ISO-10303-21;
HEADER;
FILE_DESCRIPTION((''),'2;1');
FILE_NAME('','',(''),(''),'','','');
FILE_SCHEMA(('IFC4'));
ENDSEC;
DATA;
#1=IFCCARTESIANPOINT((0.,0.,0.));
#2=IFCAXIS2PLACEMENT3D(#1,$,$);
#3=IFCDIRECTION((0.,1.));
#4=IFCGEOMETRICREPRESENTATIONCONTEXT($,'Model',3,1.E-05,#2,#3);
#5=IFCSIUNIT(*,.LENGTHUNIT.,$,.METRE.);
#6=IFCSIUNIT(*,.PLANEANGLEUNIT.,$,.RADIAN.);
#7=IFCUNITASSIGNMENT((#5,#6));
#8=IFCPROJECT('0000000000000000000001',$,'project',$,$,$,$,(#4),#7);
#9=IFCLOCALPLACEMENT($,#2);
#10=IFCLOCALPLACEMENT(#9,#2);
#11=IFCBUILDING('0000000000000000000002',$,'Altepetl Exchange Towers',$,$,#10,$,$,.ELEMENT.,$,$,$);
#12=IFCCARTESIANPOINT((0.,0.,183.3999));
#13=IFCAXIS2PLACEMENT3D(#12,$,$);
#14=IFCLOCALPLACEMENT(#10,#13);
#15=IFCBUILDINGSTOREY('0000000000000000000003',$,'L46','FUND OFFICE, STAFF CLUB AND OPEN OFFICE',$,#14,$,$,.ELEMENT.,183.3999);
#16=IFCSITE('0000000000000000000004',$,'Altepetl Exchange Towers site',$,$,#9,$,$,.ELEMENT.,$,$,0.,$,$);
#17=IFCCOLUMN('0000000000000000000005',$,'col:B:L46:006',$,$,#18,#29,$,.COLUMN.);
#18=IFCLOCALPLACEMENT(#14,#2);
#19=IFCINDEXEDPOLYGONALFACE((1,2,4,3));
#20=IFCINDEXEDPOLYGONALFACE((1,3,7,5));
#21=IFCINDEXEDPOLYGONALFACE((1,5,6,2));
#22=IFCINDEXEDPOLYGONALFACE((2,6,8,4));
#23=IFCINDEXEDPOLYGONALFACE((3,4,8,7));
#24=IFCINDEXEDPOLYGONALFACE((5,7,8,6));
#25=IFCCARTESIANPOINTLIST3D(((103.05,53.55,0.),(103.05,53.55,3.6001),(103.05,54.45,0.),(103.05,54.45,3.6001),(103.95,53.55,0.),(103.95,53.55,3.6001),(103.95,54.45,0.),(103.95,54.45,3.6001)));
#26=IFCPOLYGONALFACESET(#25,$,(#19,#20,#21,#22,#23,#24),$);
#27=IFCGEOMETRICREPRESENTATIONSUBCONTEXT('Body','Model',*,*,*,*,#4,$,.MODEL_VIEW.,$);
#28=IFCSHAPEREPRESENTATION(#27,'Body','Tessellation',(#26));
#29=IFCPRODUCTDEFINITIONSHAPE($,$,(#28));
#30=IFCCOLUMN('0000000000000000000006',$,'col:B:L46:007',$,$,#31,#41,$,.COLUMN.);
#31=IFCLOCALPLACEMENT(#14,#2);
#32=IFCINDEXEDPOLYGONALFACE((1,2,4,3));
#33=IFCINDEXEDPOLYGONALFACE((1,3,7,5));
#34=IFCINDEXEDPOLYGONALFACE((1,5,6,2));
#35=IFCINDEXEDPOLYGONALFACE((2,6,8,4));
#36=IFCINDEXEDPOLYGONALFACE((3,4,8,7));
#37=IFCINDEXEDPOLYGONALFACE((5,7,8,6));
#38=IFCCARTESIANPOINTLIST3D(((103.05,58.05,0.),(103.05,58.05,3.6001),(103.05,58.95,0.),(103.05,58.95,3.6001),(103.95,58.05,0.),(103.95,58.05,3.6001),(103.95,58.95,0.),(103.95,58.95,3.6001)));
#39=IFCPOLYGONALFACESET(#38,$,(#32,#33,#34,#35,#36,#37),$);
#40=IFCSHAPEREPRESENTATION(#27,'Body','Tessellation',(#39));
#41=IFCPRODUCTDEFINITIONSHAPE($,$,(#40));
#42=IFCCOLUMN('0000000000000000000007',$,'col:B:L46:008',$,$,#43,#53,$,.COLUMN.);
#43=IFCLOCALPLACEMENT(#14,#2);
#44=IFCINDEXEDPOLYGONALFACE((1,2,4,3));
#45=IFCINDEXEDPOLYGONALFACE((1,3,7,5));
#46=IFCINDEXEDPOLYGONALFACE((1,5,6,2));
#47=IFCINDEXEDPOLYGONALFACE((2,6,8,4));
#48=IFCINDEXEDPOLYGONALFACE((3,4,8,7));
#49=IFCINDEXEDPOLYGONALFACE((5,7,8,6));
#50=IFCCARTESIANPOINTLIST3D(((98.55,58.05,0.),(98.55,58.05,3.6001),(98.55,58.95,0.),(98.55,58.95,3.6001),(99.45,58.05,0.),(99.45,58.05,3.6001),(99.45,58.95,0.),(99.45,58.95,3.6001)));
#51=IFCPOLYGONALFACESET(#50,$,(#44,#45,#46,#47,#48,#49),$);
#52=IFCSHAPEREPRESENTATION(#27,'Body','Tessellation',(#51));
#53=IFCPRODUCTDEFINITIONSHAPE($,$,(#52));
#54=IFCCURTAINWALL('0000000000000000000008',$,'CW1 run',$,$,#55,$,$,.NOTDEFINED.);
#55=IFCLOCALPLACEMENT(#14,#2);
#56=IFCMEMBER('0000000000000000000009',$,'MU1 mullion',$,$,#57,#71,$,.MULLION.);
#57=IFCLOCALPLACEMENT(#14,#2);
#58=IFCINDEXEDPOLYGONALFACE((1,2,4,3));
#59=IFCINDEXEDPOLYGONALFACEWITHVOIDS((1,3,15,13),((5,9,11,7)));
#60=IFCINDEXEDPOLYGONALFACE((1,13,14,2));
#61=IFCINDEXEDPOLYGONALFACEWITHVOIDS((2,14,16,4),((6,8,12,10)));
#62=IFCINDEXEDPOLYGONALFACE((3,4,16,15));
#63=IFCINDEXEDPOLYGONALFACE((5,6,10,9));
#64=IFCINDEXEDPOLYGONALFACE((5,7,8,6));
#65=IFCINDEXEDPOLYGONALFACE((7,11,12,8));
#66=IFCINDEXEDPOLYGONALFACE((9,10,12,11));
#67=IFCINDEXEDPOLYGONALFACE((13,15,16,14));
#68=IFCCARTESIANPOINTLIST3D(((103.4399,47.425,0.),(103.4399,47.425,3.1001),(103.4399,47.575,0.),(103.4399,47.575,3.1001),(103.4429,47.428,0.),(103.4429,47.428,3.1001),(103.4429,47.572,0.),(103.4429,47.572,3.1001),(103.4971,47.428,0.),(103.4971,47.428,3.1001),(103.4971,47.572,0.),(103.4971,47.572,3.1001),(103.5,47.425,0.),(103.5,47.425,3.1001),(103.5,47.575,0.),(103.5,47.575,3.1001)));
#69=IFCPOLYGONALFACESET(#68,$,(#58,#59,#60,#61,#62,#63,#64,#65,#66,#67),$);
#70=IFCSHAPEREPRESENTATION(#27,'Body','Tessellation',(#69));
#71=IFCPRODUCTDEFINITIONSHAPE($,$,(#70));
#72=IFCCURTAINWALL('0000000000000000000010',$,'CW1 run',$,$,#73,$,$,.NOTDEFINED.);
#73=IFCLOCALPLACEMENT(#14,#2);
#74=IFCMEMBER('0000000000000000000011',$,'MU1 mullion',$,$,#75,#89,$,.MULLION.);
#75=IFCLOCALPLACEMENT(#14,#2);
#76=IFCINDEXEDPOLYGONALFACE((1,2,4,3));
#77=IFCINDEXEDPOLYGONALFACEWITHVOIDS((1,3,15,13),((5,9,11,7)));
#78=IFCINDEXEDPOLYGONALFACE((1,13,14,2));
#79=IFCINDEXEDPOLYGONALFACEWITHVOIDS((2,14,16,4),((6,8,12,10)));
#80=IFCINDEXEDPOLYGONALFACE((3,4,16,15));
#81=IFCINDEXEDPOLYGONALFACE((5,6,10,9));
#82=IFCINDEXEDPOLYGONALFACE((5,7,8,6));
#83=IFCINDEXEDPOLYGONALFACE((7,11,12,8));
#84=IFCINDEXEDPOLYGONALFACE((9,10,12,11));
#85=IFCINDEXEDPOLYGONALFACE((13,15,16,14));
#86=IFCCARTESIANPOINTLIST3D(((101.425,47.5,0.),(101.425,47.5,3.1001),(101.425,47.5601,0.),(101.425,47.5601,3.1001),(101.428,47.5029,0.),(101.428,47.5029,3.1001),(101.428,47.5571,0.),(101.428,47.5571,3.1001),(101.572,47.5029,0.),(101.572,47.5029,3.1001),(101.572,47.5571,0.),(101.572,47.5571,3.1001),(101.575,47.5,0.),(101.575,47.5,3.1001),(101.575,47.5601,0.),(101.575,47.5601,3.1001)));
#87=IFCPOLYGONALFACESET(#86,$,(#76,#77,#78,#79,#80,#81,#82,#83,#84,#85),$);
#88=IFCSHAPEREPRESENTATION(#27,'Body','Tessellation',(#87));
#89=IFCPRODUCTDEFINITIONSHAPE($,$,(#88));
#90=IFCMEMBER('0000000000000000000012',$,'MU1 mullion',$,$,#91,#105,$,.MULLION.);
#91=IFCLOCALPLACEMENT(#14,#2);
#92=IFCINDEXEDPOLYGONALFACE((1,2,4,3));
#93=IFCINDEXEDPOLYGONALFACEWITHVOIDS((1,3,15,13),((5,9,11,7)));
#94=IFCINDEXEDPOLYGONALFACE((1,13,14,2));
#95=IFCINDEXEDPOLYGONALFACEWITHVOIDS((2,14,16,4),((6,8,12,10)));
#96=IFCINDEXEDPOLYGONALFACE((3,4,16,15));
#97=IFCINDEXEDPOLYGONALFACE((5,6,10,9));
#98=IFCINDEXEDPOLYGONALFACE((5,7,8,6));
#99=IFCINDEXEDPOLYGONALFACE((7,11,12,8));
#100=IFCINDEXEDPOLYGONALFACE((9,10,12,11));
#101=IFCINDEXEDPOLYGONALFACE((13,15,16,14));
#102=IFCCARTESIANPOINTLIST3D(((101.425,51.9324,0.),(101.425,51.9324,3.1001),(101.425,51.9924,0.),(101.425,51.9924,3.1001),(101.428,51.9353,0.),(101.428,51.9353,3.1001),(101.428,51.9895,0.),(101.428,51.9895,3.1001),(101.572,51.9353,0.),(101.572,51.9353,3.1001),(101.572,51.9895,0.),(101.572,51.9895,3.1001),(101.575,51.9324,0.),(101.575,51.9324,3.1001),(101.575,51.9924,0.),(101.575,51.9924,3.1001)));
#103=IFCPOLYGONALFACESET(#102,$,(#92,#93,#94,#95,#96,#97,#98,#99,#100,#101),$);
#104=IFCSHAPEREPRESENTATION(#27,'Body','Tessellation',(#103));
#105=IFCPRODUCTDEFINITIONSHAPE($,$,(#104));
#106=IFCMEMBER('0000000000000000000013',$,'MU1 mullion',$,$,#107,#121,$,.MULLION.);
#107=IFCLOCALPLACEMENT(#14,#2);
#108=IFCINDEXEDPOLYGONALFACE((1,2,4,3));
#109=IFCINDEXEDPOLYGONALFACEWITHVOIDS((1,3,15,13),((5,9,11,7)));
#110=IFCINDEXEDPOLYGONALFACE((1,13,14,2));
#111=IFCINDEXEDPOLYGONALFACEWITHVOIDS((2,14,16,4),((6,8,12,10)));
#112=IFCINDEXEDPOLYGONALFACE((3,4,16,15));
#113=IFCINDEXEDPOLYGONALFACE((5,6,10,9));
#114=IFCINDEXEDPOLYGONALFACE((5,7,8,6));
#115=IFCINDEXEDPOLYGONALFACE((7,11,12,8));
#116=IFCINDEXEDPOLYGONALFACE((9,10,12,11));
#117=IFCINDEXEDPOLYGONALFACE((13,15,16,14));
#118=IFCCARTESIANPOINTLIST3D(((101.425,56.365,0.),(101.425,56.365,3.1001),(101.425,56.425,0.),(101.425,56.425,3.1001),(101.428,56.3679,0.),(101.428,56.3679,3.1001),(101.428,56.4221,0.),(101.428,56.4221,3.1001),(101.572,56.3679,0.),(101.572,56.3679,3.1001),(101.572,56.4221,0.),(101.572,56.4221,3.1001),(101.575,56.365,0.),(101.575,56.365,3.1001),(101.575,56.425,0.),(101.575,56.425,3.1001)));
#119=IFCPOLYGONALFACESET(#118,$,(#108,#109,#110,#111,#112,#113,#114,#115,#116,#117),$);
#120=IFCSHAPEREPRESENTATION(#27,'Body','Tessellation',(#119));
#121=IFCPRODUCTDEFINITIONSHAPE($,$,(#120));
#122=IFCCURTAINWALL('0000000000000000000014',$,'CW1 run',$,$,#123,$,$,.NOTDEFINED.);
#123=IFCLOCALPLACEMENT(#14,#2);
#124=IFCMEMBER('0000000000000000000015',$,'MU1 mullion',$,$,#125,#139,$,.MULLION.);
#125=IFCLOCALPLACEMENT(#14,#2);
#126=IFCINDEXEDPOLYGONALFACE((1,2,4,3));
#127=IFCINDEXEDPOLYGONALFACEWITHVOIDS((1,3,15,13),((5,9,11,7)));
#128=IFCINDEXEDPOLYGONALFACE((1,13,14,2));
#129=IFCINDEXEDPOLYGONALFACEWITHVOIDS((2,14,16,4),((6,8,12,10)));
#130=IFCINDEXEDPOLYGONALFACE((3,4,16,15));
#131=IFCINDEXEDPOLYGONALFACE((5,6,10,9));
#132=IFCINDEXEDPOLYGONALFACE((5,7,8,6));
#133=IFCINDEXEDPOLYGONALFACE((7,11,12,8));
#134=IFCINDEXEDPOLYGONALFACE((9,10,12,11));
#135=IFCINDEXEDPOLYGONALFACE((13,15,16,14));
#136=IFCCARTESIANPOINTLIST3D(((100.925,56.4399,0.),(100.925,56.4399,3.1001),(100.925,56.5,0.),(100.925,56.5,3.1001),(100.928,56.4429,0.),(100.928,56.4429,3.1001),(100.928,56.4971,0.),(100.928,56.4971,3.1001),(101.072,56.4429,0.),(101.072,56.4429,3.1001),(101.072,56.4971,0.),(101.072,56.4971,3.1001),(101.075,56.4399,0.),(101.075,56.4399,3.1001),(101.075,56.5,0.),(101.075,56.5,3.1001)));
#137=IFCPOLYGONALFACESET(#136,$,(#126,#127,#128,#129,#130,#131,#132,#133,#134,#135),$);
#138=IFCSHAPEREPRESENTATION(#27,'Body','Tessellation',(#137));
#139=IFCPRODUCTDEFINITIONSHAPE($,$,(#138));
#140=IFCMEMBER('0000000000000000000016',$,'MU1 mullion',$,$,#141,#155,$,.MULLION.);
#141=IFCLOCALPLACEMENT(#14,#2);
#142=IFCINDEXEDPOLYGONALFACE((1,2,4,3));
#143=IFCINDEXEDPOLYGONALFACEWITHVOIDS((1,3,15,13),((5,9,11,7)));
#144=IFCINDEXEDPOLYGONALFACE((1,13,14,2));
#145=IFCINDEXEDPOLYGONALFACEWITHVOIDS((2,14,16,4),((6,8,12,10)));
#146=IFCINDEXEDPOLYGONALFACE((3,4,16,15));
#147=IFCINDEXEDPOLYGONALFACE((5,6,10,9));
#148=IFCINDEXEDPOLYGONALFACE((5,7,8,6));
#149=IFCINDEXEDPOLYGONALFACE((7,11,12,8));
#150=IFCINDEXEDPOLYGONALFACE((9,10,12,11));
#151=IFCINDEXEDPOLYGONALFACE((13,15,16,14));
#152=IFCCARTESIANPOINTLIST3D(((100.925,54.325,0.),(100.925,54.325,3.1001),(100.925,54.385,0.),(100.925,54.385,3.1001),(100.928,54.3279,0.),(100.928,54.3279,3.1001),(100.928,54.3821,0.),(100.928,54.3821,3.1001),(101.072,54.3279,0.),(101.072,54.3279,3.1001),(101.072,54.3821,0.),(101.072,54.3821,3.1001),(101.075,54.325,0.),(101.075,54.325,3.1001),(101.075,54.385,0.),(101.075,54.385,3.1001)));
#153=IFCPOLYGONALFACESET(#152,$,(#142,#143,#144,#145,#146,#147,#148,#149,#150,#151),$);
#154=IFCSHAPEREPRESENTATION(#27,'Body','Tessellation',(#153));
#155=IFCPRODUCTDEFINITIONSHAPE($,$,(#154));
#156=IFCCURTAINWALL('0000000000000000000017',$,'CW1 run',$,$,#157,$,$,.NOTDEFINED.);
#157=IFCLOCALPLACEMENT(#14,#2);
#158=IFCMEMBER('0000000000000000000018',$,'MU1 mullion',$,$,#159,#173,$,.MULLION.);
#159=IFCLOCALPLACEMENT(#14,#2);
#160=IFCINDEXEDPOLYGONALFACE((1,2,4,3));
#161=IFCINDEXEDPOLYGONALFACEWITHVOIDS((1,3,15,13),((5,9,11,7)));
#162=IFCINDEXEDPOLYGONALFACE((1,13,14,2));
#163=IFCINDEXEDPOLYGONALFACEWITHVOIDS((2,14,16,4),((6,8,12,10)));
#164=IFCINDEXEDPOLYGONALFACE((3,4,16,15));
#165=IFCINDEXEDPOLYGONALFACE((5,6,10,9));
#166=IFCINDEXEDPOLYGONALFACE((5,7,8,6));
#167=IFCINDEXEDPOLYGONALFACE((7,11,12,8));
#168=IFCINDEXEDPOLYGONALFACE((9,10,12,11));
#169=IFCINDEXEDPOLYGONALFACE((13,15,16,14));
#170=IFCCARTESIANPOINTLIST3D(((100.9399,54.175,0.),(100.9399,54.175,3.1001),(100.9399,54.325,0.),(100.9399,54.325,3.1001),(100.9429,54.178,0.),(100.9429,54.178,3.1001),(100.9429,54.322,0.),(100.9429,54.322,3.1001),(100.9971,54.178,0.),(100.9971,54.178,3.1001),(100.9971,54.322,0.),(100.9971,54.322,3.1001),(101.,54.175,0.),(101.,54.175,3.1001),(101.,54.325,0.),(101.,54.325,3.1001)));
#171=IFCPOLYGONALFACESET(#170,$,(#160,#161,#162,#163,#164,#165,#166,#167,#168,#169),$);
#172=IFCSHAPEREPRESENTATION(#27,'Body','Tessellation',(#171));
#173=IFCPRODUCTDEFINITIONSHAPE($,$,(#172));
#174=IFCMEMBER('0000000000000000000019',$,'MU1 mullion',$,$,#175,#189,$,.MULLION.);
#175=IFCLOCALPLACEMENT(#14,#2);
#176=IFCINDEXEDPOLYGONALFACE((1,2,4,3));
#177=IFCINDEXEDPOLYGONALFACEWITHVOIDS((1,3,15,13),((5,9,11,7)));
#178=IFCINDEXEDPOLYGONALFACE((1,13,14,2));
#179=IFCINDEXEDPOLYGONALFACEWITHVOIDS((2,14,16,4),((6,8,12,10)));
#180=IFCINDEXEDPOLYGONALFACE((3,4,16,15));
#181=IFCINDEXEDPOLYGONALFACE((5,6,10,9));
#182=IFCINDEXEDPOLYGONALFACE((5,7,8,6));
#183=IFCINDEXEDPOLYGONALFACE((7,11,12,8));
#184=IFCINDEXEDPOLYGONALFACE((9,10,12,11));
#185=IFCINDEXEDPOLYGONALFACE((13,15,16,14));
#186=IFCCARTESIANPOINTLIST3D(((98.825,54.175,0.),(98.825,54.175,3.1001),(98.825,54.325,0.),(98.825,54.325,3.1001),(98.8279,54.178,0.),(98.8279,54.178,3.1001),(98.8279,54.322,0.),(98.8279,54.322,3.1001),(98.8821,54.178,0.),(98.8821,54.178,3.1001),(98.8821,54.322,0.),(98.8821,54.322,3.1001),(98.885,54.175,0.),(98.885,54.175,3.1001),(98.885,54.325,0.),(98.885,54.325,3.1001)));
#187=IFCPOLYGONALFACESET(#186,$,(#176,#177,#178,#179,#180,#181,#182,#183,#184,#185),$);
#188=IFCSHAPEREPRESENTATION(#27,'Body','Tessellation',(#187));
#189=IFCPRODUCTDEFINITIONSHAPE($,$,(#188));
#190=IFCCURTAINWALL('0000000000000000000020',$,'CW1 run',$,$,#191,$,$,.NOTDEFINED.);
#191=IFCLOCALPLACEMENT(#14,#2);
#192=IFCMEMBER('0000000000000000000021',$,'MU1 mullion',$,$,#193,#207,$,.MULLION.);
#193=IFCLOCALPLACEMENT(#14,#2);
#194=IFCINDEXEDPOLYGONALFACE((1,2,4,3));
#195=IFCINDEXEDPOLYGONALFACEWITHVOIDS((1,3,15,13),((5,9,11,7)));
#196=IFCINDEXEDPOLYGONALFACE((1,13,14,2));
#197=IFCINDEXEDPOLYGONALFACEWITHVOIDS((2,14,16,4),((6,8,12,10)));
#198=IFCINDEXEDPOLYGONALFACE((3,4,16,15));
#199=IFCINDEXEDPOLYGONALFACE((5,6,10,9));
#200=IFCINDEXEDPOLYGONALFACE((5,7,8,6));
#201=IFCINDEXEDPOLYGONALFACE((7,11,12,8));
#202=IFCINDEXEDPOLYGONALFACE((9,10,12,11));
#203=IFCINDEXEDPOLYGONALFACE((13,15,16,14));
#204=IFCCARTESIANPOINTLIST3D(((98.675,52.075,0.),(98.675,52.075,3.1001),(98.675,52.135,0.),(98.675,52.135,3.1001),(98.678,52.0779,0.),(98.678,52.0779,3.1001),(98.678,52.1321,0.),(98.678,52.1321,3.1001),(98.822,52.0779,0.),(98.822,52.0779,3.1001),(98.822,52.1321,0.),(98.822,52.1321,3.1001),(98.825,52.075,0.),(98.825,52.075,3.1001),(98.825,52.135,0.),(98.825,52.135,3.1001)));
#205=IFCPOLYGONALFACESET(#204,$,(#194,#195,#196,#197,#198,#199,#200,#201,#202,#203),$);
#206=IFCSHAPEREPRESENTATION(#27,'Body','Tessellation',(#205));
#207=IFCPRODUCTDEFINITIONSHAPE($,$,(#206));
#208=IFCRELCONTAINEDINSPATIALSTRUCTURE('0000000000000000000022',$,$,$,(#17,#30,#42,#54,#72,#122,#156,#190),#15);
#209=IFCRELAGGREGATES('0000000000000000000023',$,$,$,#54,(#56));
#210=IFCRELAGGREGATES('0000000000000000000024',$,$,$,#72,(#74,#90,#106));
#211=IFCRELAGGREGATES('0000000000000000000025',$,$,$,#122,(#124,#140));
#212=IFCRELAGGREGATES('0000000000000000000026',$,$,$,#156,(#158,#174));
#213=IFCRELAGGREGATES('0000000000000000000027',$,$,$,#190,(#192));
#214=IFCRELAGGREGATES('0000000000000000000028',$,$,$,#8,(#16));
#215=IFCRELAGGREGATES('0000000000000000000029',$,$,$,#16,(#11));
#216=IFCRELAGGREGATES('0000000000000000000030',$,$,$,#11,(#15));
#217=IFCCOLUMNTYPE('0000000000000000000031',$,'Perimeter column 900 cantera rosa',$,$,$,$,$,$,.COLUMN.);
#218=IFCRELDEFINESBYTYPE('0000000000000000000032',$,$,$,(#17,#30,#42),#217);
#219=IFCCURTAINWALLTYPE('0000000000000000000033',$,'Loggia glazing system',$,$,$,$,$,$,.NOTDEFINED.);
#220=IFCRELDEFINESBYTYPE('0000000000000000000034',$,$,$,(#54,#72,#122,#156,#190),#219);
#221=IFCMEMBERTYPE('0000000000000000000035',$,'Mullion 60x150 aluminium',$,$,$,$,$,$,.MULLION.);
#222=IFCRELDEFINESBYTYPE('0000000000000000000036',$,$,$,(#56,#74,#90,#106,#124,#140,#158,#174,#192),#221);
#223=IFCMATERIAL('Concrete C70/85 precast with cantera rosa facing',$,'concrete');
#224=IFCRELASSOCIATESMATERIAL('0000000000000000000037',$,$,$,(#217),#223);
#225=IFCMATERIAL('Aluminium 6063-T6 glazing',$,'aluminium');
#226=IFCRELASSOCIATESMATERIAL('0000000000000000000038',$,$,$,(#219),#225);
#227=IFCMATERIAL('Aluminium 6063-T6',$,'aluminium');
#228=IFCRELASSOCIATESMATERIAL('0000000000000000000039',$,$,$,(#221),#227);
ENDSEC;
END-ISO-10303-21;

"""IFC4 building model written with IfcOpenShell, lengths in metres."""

from ifc_helpers import new_model, si_unit, direction, frame, origin, origin_2d, place, context, subcontext, project, spatial, rectangle, hollow_rectangle, extrude, material, material_profile, profile_set, type_object, element, aggregate, save


model = new_model("IFC4")

# Units and contexts
model_context = context("Model", 3, precision=1e-05, world=origin(), true_north=direction((0.0, 1.0)))
body_context = subcontext(model_context, "Body", "Model", "MODEL_VIEW")
ifc_project = project(units=[si_unit("LENGTHUNIT", "METRE"), si_unit("PLANEANGLEUNIT", "RADIAN")], contexts=[model_context])

# Site, building, storey
site_placement = place(None, origin())
site = spatial("IfcSite", under=ifc_project, at=site_placement, Name="Altepetl Exchange Towers site", CompositionType="ELEMENT", RefElevation=0.0)
building_placement = place(site_placement, origin())
building = spatial("IfcBuilding", under=site, at=building_placement, Name="Altepetl Exchange Towers", CompositionType="ELEMENT")
storey_placement = place(building_placement, frame((0.0, 0.0, 183.3999)))
storey = spatial("IfcBuildingStorey", under=building, at=storey_placement, Name="L46", Description="FUND OFFICE, STAFF CLUB AND OPEN OFFICE", CompositionType="ELEMENT", Elevation=183.3999)

# Columns
ifc_material_1 = material(Name="Concrete C70/85 precast with cantera rosa facing", Category="concrete")
ifc_material_profile_1 = material_profile(ifc_material_1, rectangle(XDim=0.8999, YDim=0.8999, at=origin_2d()), Name="900 x 900")
ifc_profile_set_1 = profile_set([ifc_material_profile_1], Name="Concrete C70/85 precast with cantera rosa facing")
column_type = type_object("IfcColumnType", Name="Perimeter column 900 cantera rosa", PredefinedType="COLUMN", material=ifc_profile_set_1)
for number, where, name in (
    (1, (103.5, 54.0, 0.0), "col:B:L46:006"),
    (2, (103.5, 58.5, 0.0), "col:B:L46:007"),
    (3, (99.0, 58.5, 0.0), "col:B:L46:008"),
):
    element("IfcColumn", number, at=place(storey_placement, frame(where)), inside=storey, type_object=column_type, Name=name, PredefinedType="COLUMN", context=body_context, shape_type="SweptSolid", body=[
        extrude(rectangle(XDim=0.8999, YDim=0.8999, at=origin_2d()), origin(), (0.0, 0.0, 1.0), 3.6001),
    ])

# Curtain wall, member
ifc_material_2 = material(Name="Aluminium 6063-T6 glazing", Category="aluminium")
curtain_wall_type = type_object("IfcCurtainWallType", Name="Loggia glazing system", PredefinedType="NOTDEFINED", material=ifc_material_2)
curtain_wall_1_placement = place(storey_placement, origin())
curtain_wall_1 = element("IfcCurtainWall", 4, at=curtain_wall_1_placement, inside=storey, type_object=curtain_wall_type, Name="CW1 run", PredefinedType="NOTDEFINED")
ifc_material_3 = material(Name="Aluminium 6063-T6", Category="aluminium")
ifc_material_profile_2 = material_profile(ifc_material_3, hollow_rectangle(XDim=0.0601, YDim=0.1499, WallThickness=0.0029, at=origin_2d()), Name="Mullion 60x150 aluminium")
ifc_profile_set_2 = profile_set([ifc_material_profile_2], Name="Aluminium 6063-T6")
member_type = type_object("IfcMemberType", Name="Mullion 60x150 aluminium", PredefinedType="MULLION", material=ifc_profile_set_2)
member_1_placement = place(storey_placement, frame((103.47, 47.5, 0.0), z_axis=(0.0, 0.0, 1.0), x_axis=(-1.0, 0.0, 0.0)))
member_1 = element("IfcMember", 5, at=member_1_placement, type_object=member_type, Name="MU1 mullion", PredefinedType="MULLION", context=body_context, shape_type="SweptSolid", body=[
    extrude(hollow_rectangle(XDim=0.0601, YDim=0.1499, WallThickness=0.0029, at=origin_2d()), origin(), (0.0, 0.0, 1.0), 3.1001),
])

# Curtain walls, members
curtain_wall_2_placement = place(storey_placement, origin())
curtain_wall_2 = element("IfcCurtainWall", 6, at=curtain_wall_2_placement, inside=storey, type_object=curtain_wall_type, Name="CW1 run", PredefinedType="NOTDEFINED")
member_2_placement = place(storey_placement, frame((101.5, 47.53, 0.0), z_axis=(0.0, 0.0, 1.0), x_axis=(0.0, 1.0, 0.0)))
member_2 = element("IfcMember", 7, at=member_2_placement, type_object=member_type, Name="MU1 mullion", PredefinedType="MULLION", context=body_context, shape_type="SweptSolid", body=[
    extrude(hollow_rectangle(XDim=0.0601, YDim=0.1499, WallThickness=0.0029, at=origin_2d()), origin(), (0.0, 0.0, 1.0), 3.1001),
])
member_3_placement = place(storey_placement, frame((101.5, 51.9624, 0.0), z_axis=(0.0, 0.0, 1.0), x_axis=(0.0, 1.0, 0.0)))
member_3 = element("IfcMember", 8, at=member_3_placement, type_object=member_type, Name="MU1 mullion", PredefinedType="MULLION", context=body_context, shape_type="SweptSolid", body=[
    extrude(hollow_rectangle(XDim=0.0601, YDim=0.1499, WallThickness=0.0029, at=origin_2d()), origin(), (0.0, 0.0, 1.0), 3.1001),
])
member_4_placement = place(storey_placement, frame((101.5, 56.395, 0.0), z_axis=(0.0, 0.0, 1.0), x_axis=(0.0, 1.0, 0.0)))
member_4 = element("IfcMember", 9, at=member_4_placement, type_object=member_type, Name="MU1 mullion", PredefinedType="MULLION", context=body_context, shape_type="SweptSolid", body=[
    extrude(hollow_rectangle(XDim=0.0601, YDim=0.1499, WallThickness=0.0029, at=origin_2d()), origin(), (0.0, 0.0, 1.0), 3.1001),
])
curtain_wall_3_placement = place(storey_placement, origin())
curtain_wall_3 = element("IfcCurtainWall", 10, at=curtain_wall_3_placement, inside=storey, type_object=curtain_wall_type, Name="CW1 run", PredefinedType="NOTDEFINED")
member_5_placement = place(storey_placement, frame((101.0, 56.47, 0.0), z_axis=(0.0, 0.0, 1.0), x_axis=(0.0, -1.0, 0.0)))
member_5 = element("IfcMember", 11, at=member_5_placement, type_object=member_type, Name="MU1 mullion", PredefinedType="MULLION", context=body_context, shape_type="SweptSolid", body=[
    extrude(hollow_rectangle(XDim=0.0601, YDim=0.1499, WallThickness=0.0029, at=origin_2d()), origin(), (0.0, 0.0, 1.0), 3.1001),
])
member_6_placement = place(storey_placement, frame((101.0, 54.355, 0.0), z_axis=(0.0, 0.0, 1.0), x_axis=(0.0, -1.0, 0.0)))
member_6 = element("IfcMember", 12, at=member_6_placement, type_object=member_type, Name="MU1 mullion", PredefinedType="MULLION", context=body_context, shape_type="SweptSolid", body=[
    extrude(hollow_rectangle(XDim=0.0601, YDim=0.1499, WallThickness=0.0029, at=origin_2d()), origin(), (0.0, 0.0, 1.0), 3.1001),
])
curtain_wall_4_placement = place(storey_placement, origin())
curtain_wall_4 = element("IfcCurtainWall", 13, at=curtain_wall_4_placement, inside=storey, type_object=curtain_wall_type, Name="CW1 run", PredefinedType="NOTDEFINED")
member_7_placement = place(storey_placement, frame((100.97, 54.25, 0.0), z_axis=(0.0, 0.0, 1.0), x_axis=(-1.0, 0.0, 0.0)))
member_7 = element("IfcMember", 14, at=member_7_placement, type_object=member_type, Name="MU1 mullion", PredefinedType="MULLION", context=body_context, shape_type="SweptSolid", body=[
    extrude(hollow_rectangle(XDim=0.0601, YDim=0.1499, WallThickness=0.0029, at=origin_2d()), origin(), (0.0, 0.0, 1.0), 3.1001),
])
member_8_placement = place(storey_placement, frame((98.855, 54.25, 0.0), z_axis=(0.0, 0.0, 1.0), x_axis=(-1.0, 0.0, 0.0)))
member_8 = element("IfcMember", 15, at=member_8_placement, type_object=member_type, Name="MU1 mullion", PredefinedType="MULLION", context=body_context, shape_type="SweptSolid", body=[
    extrude(hollow_rectangle(XDim=0.0601, YDim=0.1499, WallThickness=0.0029, at=origin_2d()), origin(), (0.0, 0.0, 1.0), 3.1001),
])

# Curtain wall, member
curtain_wall_5_placement = place(storey_placement, origin())
curtain_wall_5 = element("IfcCurtainWall", 16, at=curtain_wall_5_placement, inside=storey, type_object=curtain_wall_type, Name="CW1 run", PredefinedType="NOTDEFINED")
member_9_placement = place(storey_placement, frame((98.75, 52.105, 0.0), z_axis=(0.0, 0.0, 1.0), x_axis=(0.0, -1.0, 0.0)))
member_9 = element("IfcMember", 17, at=member_9_placement, type_object=member_type, Name="MU1 mullion", PredefinedType="MULLION", context=body_context, shape_type="SweptSolid", body=[
    extrude(hollow_rectangle(XDim=0.0601, YDim=0.1499, WallThickness=0.0029, at=origin_2d()), origin(), (0.0, 0.0, 1.0), 3.1001),
])

aggregate(curtain_wall_1, [member_1])
aggregate(curtain_wall_2, [member_2, member_3, member_4])
aggregate(curtain_wall_3, [member_5, member_6])
aggregate(curtain_wall_4, [member_7, member_8])
aggregate(curtain_wall_5, [member_9])

save(model, "model.ifc")
